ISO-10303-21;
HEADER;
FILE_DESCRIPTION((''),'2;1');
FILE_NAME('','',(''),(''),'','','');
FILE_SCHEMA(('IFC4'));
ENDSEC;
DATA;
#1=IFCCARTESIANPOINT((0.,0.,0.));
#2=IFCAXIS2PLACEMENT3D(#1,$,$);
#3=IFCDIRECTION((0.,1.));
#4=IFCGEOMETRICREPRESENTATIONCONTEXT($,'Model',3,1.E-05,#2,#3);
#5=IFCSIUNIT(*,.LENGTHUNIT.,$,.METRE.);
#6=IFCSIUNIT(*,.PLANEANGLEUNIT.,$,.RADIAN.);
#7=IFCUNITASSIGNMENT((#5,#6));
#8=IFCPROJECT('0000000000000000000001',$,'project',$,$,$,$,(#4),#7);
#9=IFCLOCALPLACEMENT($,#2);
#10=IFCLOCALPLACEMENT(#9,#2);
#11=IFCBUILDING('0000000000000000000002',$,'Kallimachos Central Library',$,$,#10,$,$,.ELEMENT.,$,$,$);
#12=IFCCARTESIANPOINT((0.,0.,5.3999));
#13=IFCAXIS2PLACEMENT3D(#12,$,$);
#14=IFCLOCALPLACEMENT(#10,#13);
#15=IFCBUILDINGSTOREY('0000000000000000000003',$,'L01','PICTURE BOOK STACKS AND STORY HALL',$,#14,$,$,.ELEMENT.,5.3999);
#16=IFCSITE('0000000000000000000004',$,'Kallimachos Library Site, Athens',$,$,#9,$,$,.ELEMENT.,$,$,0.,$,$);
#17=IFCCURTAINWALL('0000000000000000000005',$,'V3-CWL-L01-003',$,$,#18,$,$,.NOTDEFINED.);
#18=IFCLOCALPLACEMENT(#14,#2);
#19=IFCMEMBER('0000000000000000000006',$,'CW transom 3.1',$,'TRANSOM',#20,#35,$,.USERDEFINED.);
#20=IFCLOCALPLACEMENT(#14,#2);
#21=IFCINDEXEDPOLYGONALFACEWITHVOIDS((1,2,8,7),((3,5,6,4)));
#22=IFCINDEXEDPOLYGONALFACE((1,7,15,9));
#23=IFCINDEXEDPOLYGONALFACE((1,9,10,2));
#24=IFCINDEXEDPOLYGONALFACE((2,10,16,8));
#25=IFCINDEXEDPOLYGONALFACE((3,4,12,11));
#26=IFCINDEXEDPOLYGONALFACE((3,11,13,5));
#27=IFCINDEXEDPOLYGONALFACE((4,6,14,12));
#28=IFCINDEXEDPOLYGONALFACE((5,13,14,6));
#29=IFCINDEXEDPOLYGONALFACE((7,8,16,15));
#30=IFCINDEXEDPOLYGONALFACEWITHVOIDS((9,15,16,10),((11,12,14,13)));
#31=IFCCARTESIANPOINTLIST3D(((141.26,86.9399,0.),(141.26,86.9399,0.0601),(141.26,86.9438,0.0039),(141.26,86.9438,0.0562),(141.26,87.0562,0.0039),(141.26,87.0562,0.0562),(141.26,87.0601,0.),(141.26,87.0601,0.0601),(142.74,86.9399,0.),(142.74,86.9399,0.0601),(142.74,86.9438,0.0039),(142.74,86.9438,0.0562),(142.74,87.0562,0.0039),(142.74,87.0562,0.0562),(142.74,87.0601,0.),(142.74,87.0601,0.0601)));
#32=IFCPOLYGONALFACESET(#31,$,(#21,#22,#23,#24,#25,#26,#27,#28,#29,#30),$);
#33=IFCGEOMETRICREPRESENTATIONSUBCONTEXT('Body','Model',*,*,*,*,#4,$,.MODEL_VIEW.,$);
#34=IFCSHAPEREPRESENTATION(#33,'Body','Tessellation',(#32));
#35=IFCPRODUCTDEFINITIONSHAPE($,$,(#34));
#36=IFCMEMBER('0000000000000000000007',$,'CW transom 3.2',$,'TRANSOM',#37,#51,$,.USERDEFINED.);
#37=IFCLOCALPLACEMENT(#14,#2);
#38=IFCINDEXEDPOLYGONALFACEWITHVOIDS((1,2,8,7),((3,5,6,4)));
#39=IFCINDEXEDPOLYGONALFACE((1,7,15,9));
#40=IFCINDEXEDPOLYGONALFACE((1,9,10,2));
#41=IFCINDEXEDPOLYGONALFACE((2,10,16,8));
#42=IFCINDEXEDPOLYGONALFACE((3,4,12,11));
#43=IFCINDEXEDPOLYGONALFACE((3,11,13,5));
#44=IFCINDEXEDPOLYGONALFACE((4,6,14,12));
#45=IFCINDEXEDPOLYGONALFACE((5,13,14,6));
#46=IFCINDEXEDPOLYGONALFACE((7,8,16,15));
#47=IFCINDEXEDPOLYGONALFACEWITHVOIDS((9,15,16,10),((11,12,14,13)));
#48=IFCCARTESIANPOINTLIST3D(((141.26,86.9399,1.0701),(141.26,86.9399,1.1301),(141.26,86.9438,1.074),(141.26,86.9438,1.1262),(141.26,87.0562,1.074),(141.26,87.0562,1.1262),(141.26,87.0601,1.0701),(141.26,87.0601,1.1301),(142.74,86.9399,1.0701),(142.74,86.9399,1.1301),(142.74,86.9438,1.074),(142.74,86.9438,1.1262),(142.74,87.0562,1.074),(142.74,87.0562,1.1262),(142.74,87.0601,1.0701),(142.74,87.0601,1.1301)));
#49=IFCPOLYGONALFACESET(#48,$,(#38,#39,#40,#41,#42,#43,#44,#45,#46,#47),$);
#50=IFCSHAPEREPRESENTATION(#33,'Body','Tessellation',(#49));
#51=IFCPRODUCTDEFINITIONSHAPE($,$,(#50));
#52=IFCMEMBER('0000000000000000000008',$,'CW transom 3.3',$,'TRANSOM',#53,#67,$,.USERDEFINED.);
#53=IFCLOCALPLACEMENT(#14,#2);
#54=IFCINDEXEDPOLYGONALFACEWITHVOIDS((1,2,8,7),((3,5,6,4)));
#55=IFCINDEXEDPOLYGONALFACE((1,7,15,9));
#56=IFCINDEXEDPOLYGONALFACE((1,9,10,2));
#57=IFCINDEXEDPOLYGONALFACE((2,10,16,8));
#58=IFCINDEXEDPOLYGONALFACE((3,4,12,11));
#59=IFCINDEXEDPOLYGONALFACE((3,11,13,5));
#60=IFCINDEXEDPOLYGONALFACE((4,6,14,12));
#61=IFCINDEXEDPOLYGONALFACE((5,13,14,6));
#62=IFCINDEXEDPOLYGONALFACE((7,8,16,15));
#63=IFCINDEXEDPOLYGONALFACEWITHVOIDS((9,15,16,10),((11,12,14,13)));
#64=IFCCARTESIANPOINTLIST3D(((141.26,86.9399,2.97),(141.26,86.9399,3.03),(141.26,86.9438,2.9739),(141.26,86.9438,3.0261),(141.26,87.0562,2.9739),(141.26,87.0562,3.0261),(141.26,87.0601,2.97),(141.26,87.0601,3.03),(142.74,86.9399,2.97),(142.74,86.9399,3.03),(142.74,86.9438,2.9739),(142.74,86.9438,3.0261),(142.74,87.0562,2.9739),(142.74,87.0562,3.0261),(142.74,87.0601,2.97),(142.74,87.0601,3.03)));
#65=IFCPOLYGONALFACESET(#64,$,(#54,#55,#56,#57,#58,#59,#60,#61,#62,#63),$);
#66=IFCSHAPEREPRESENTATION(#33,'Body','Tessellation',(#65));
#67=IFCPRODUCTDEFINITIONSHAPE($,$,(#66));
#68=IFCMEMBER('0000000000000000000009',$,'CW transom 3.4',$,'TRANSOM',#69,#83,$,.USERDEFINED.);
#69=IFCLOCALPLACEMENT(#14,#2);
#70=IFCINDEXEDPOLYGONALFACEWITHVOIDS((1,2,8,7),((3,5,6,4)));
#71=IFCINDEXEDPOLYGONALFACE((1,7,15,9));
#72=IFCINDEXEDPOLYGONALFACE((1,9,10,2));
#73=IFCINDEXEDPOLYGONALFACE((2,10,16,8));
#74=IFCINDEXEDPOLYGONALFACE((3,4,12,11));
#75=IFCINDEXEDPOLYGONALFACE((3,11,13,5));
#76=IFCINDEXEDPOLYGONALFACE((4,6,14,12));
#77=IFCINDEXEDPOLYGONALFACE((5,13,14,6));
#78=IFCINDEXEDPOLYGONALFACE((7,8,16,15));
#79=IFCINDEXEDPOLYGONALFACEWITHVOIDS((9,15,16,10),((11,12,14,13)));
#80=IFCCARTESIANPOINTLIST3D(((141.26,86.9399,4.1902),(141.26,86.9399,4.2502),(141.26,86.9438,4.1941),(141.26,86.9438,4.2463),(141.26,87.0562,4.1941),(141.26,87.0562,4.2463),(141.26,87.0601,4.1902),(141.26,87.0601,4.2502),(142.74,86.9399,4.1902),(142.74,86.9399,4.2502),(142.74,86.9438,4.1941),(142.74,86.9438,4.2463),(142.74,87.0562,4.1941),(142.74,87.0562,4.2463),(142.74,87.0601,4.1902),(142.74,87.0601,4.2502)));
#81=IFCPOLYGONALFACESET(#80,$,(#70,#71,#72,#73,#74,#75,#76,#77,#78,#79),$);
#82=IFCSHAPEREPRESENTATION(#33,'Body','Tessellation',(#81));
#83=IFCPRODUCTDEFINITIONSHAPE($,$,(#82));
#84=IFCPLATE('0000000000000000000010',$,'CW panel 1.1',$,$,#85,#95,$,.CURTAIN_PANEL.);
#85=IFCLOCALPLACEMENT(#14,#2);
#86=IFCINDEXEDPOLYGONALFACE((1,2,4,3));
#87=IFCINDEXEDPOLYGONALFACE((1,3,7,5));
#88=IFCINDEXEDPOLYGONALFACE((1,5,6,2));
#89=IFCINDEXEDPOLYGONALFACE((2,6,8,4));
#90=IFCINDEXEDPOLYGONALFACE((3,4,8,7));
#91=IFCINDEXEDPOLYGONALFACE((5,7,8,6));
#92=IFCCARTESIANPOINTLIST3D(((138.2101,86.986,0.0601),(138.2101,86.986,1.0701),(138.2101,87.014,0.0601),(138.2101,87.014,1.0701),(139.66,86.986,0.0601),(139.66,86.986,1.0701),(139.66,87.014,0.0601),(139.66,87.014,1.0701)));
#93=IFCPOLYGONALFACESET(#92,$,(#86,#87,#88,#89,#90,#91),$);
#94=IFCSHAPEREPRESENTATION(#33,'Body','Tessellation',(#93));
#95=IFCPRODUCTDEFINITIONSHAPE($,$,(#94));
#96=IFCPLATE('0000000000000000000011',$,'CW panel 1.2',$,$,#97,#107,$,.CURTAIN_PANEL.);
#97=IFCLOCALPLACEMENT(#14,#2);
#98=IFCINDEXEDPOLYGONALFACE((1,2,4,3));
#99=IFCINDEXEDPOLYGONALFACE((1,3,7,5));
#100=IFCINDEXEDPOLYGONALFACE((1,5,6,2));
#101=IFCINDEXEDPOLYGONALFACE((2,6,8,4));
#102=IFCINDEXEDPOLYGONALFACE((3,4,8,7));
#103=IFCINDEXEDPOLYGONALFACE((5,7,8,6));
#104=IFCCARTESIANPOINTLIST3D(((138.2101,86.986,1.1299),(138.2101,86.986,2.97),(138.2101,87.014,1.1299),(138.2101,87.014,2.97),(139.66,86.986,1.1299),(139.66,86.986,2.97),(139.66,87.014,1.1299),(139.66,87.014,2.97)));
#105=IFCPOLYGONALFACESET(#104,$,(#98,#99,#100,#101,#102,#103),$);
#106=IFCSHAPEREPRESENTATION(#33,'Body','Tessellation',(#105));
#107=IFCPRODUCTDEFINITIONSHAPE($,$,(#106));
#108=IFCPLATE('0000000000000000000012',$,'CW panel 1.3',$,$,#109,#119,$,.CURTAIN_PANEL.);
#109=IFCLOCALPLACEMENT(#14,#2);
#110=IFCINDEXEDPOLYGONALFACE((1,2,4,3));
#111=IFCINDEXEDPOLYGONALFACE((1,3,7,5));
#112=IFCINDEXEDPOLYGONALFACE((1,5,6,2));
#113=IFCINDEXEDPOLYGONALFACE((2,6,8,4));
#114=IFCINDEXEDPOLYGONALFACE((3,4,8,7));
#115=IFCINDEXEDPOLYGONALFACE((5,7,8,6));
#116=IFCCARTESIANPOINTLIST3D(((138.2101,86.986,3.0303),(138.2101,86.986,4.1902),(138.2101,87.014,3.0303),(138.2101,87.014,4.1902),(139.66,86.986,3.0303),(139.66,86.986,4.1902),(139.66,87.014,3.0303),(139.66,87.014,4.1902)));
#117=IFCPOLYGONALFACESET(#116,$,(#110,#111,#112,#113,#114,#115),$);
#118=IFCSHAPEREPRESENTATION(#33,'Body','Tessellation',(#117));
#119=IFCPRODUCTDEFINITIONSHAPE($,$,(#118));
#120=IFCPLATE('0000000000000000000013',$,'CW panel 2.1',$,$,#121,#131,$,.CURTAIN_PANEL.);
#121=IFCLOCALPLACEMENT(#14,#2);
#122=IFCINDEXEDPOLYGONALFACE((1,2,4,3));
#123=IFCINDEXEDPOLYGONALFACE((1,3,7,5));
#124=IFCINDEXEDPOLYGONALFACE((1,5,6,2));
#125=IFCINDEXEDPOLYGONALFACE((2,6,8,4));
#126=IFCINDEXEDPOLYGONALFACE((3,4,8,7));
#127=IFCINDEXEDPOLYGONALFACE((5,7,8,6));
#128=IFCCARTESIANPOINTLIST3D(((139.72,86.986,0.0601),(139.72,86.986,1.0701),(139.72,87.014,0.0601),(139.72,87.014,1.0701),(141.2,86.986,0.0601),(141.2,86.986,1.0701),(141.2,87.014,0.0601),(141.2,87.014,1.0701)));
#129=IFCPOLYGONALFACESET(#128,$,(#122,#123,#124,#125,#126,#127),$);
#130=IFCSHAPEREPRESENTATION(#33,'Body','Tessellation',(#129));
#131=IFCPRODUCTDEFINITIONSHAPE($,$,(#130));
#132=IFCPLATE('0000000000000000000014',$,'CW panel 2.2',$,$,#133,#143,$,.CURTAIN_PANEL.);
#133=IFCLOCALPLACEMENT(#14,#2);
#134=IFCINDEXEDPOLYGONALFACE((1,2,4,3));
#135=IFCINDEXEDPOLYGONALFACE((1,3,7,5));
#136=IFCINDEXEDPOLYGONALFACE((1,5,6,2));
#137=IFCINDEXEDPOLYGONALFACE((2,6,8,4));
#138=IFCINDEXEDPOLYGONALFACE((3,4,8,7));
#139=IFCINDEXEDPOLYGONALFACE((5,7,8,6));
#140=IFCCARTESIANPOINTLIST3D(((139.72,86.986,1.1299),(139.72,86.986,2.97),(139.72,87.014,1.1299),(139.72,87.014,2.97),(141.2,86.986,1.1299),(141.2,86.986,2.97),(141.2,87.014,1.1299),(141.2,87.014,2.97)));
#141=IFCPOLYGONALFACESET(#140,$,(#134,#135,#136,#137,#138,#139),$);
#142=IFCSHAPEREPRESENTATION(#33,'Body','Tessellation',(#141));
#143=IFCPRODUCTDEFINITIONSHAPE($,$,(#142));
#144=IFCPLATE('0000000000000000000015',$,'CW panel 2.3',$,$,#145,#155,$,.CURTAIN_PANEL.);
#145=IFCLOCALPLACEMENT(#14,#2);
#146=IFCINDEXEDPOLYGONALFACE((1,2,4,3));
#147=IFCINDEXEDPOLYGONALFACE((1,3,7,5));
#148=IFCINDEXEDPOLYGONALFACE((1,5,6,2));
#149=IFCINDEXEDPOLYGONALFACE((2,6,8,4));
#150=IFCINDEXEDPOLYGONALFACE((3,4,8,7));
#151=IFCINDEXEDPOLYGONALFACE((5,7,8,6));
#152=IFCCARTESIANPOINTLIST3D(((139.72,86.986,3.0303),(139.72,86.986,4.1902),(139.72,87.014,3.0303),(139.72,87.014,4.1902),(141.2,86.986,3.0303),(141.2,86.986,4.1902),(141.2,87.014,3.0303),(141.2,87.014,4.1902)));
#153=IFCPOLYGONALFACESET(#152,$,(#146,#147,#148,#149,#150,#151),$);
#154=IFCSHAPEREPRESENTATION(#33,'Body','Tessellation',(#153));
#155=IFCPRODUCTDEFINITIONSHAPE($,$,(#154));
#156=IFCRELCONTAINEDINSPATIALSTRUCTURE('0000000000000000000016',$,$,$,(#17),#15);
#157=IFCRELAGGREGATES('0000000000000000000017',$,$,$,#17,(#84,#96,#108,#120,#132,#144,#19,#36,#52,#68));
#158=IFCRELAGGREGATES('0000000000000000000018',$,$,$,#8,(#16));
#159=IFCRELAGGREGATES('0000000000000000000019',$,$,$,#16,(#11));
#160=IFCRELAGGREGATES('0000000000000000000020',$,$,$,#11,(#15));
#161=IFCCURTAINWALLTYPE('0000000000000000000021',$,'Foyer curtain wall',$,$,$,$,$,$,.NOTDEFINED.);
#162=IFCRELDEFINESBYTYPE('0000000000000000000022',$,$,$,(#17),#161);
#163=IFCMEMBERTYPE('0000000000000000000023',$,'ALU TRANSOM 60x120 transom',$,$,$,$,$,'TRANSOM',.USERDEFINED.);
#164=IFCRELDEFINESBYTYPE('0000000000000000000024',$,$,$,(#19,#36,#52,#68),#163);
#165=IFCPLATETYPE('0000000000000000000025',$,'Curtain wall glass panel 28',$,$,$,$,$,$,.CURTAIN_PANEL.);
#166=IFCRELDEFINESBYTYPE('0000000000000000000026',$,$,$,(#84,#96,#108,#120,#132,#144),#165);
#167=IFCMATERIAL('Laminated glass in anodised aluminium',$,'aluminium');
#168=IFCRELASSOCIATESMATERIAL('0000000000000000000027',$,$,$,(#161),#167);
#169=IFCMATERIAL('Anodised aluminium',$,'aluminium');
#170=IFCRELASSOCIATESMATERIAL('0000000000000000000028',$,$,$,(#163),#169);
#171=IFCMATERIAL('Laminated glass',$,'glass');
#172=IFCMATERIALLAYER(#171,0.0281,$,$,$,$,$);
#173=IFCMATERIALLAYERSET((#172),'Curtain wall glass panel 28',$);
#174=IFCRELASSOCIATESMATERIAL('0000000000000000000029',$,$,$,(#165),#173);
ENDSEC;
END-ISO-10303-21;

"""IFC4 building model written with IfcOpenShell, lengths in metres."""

from ifc_helpers import new_model, si_unit, direction, frame, origin, origin_2d, place, context, subcontext, project, spatial, rectangle, hollow_rectangle, extrude, material, layer, layer_set, material_profile, profile_set, type_object, element, aggregate, save


model = new_model("IFC4")

# Units and contexts
model_context = context("Model", 3, precision=1e-05, world=origin(), true_north=direction((0.0, 1.0)))
body_context = subcontext(model_context, "Body", "Model", "MODEL_VIEW")
ifc_project = project(units=[si_unit("LENGTHUNIT", "METRE"), si_unit("PLANEANGLEUNIT", "RADIAN")], contexts=[model_context])

# Site, building, storey
site_placement = place(None, origin())
site = spatial("IfcSite", under=ifc_project, at=site_placement, Name="Kallimachos Library Site, Athens", CompositionType="ELEMENT", RefElevation=0.0)
building_placement = place(site_placement, origin())
building = spatial("IfcBuilding", under=site, at=building_placement, Name="Kallimachos Central Library", CompositionType="ELEMENT")
storey_placement = place(building_placement, frame((0.0, 0.0, 5.3999)))
storey = spatial("IfcBuildingStorey", under=building, at=storey_placement, Name="L01", Description="PICTURE BOOK STACKS AND STORY HALL", CompositionType="ELEMENT", Elevation=5.3999)

# Curtain wall, members, plates
ifc_material_1 = material(Name="Laminated glass in anodised aluminium", Category="aluminium")
curtain_wall_type = type_object("IfcCurtainWallType", Name="Foyer curtain wall", PredefinedType="NOTDEFINED", material=ifc_material_1)
curtain_wall_placement = place(storey_placement, origin())
curtain_wall = element("IfcCurtainWall", 1, at=curtain_wall_placement, inside=storey, type_object=curtain_wall_type, Name="V3-CWL-L01-003", PredefinedType="NOTDEFINED")
ifc_material_2 = material(Name="Anodised aluminium", Category="aluminium")
ifc_material_profile_1 = material_profile(ifc_material_2, hollow_rectangle(XDim=0.0601, YDim=0.1201, WallThickness=0.0039, at=origin_2d()), Name="ALU TRANSOM 60x120")
ifc_profile_set_1 = profile_set([ifc_material_profile_1], Name="Anodised aluminium")
member_type_1 = type_object("IfcMemberType", Name="ALU TRANSOM 60x120 transom", ElementType="TRANSOM", PredefinedType="USERDEFINED", material=ifc_profile_set_1)
member_1_placement = place(storey_placement, frame((141.26, 87.0, 0.03), z_axis=(1.0, 0.0, 0.0), x_axis=(0.0, 0.0, 1.0)))
member_1 = element("IfcMember", 2, at=member_1_placement, type_object=member_type_1, Name="CW transom 3.1", ObjectType="TRANSOM", PredefinedType="USERDEFINED", context=body_context, shape_type="SweptSolid", body=[
    extrude(hollow_rectangle(XDim=0.0601, YDim=0.1201, WallThickness=0.0039, at=origin_2d()), origin(), (0.0, 0.0, 1.0), 1.48),
])
member_2_placement = place(storey_placement, frame((141.26, 87.0, 1.1001), z_axis=(1.0, 0.0, 0.0), x_axis=(0.0, 0.0, 1.0)))
member_2 = element("IfcMember", 3, at=member_2_placement, type_object=member_type_1, Name="CW transom 3.2", ObjectType="TRANSOM", PredefinedType="USERDEFINED", context=body_context, shape_type="SweptSolid", body=[
    extrude(hollow_rectangle(XDim=0.0601, YDim=0.1201, WallThickness=0.0039, at=origin_2d()), origin(), (0.0, 0.0, 1.0), 1.48),
])
member_3_placement = place(storey_placement, frame((141.26, 87.0, 3.0), z_axis=(1.0, 0.0, 0.0), x_axis=(0.0, 0.0, 1.0)))
member_3 = element("IfcMember", 4, at=member_3_placement, type_object=member_type_1, Name="CW transom 3.3", ObjectType="TRANSOM", PredefinedType="USERDEFINED", context=body_context, shape_type="SweptSolid", body=[
    extrude(hollow_rectangle(XDim=0.0601, YDim=0.1201, WallThickness=0.0039, at=origin_2d()), origin(), (0.0, 0.0, 1.0), 1.48),
])
member_4_placement = place(storey_placement, frame((141.26, 87.0, 4.2202), z_axis=(1.0, 0.0, 0.0), x_axis=(0.0, 0.0, 1.0)))
member_4 = element("IfcMember", 5, at=member_4_placement, type_object=member_type_1, Name="CW transom 3.4", ObjectType="TRANSOM", PredefinedType="USERDEFINED", context=body_context, shape_type="SweptSolid", body=[
    extrude(hollow_rectangle(XDim=0.0601, YDim=0.1201, WallThickness=0.0039, at=origin_2d()), origin(), (0.0, 0.0, 1.0), 1.48),
])
ifc_material_3 = material(Name="Laminated glass", Category="glass")
ifc_layer = layer(ifc_material_3, 0.0281)
ifc_layer_set = layer_set([ifc_layer], Name="Curtain wall glass panel 28")
plate_type = type_object("IfcPlateType", Name="Curtain wall glass panel 28", PredefinedType="CURTAIN_PANEL", material=ifc_layer_set)
plate_1_placement = place(storey_placement, frame((138.9351, 87.0, 0.0601), z_axis=(0.0, 0.0, 1.0), x_axis=(1.0, 0.0, 0.0)))
plate_1 = element("IfcPlate", 6, at=plate_1_placement, type_object=plate_type, Name="CW panel 1.1", PredefinedType="CURTAIN_PANEL", context=body_context, shape_type="SweptSolid", body=[
    extrude(rectangle(XDim=1.45, YDim=0.0281, at=origin_2d()), origin(), (0.0, 0.0, 1.0), 1.01),
])
plate_2_placement = place(storey_placement, frame((138.9351, 87.0, 1.1299), z_axis=(0.0, 0.0, 1.0), x_axis=(1.0, 0.0, 0.0)))
plate_2 = element("IfcPlate", 7, at=plate_2_placement, type_object=plate_type, Name="CW panel 1.2", PredefinedType="CURTAIN_PANEL", context=body_context, shape_type="SweptSolid", body=[
    extrude(rectangle(XDim=1.45, YDim=0.0281, at=origin_2d()), origin(), (0.0, 0.0, 1.0), 1.8401),
])
plate_3_placement = place(storey_placement, frame((138.9351, 87.0, 3.0303), z_axis=(0.0, 0.0, 1.0), x_axis=(1.0, 0.0, 0.0)))
plate_3 = element("IfcPlate", 8, at=plate_3_placement, type_object=plate_type, Name="CW panel 1.3", PredefinedType="CURTAIN_PANEL", context=body_context, shape_type="SweptSolid", body=[
    extrude(rectangle(XDim=1.45, YDim=0.0281, at=origin_2d()), origin(), (0.0, 0.0, 1.0), 1.1599),
])
plate_4_placement = place(storey_placement, frame((140.46, 87.0, 0.0601), z_axis=(0.0, 0.0, 1.0), x_axis=(1.0, 0.0, 0.0)))
plate_4 = element("IfcPlate", 9, at=plate_4_placement, type_object=plate_type, Name="CW panel 2.1", PredefinedType="CURTAIN_PANEL", context=body_context, shape_type="SweptSolid", body=[
    extrude(rectangle(XDim=1.48, YDim=0.0281, at=origin_2d()), origin(), (0.0, 0.0, 1.0), 1.01),
])
plate_5_placement = place(storey_placement, frame((140.46, 87.0, 1.1299), z_axis=(0.0, 0.0, 1.0), x_axis=(1.0, 0.0, 0.0)))
plate_5 = element("IfcPlate", 10, at=plate_5_placement, type_object=plate_type, Name="CW panel 2.2", PredefinedType="CURTAIN_PANEL", context=body_context, shape_type="SweptSolid", body=[
    extrude(rectangle(XDim=1.48, YDim=0.0281, at=origin_2d()), origin(), (0.0, 0.0, 1.0), 1.8401),
])
plate_6_placement = place(storey_placement, frame((140.46, 87.0, 3.0303), z_axis=(0.0, 0.0, 1.0), x_axis=(1.0, 0.0, 0.0)))
plate_6 = element("IfcPlate", 11, at=plate_6_placement, type_object=plate_type, Name="CW panel 2.3", PredefinedType="CURTAIN_PANEL", context=body_context, shape_type="SweptSolid", body=[
    extrude(rectangle(XDim=1.48, YDim=0.0281, at=origin_2d()), origin(), (0.0, 0.0, 1.0), 1.1599),
])
aggregate(curtain_wall, [plate_1, plate_2, plate_3, plate_4, plate_5, plate_6, member_1, member_2, member_3, member_4])

save(model, "model.ifc")
